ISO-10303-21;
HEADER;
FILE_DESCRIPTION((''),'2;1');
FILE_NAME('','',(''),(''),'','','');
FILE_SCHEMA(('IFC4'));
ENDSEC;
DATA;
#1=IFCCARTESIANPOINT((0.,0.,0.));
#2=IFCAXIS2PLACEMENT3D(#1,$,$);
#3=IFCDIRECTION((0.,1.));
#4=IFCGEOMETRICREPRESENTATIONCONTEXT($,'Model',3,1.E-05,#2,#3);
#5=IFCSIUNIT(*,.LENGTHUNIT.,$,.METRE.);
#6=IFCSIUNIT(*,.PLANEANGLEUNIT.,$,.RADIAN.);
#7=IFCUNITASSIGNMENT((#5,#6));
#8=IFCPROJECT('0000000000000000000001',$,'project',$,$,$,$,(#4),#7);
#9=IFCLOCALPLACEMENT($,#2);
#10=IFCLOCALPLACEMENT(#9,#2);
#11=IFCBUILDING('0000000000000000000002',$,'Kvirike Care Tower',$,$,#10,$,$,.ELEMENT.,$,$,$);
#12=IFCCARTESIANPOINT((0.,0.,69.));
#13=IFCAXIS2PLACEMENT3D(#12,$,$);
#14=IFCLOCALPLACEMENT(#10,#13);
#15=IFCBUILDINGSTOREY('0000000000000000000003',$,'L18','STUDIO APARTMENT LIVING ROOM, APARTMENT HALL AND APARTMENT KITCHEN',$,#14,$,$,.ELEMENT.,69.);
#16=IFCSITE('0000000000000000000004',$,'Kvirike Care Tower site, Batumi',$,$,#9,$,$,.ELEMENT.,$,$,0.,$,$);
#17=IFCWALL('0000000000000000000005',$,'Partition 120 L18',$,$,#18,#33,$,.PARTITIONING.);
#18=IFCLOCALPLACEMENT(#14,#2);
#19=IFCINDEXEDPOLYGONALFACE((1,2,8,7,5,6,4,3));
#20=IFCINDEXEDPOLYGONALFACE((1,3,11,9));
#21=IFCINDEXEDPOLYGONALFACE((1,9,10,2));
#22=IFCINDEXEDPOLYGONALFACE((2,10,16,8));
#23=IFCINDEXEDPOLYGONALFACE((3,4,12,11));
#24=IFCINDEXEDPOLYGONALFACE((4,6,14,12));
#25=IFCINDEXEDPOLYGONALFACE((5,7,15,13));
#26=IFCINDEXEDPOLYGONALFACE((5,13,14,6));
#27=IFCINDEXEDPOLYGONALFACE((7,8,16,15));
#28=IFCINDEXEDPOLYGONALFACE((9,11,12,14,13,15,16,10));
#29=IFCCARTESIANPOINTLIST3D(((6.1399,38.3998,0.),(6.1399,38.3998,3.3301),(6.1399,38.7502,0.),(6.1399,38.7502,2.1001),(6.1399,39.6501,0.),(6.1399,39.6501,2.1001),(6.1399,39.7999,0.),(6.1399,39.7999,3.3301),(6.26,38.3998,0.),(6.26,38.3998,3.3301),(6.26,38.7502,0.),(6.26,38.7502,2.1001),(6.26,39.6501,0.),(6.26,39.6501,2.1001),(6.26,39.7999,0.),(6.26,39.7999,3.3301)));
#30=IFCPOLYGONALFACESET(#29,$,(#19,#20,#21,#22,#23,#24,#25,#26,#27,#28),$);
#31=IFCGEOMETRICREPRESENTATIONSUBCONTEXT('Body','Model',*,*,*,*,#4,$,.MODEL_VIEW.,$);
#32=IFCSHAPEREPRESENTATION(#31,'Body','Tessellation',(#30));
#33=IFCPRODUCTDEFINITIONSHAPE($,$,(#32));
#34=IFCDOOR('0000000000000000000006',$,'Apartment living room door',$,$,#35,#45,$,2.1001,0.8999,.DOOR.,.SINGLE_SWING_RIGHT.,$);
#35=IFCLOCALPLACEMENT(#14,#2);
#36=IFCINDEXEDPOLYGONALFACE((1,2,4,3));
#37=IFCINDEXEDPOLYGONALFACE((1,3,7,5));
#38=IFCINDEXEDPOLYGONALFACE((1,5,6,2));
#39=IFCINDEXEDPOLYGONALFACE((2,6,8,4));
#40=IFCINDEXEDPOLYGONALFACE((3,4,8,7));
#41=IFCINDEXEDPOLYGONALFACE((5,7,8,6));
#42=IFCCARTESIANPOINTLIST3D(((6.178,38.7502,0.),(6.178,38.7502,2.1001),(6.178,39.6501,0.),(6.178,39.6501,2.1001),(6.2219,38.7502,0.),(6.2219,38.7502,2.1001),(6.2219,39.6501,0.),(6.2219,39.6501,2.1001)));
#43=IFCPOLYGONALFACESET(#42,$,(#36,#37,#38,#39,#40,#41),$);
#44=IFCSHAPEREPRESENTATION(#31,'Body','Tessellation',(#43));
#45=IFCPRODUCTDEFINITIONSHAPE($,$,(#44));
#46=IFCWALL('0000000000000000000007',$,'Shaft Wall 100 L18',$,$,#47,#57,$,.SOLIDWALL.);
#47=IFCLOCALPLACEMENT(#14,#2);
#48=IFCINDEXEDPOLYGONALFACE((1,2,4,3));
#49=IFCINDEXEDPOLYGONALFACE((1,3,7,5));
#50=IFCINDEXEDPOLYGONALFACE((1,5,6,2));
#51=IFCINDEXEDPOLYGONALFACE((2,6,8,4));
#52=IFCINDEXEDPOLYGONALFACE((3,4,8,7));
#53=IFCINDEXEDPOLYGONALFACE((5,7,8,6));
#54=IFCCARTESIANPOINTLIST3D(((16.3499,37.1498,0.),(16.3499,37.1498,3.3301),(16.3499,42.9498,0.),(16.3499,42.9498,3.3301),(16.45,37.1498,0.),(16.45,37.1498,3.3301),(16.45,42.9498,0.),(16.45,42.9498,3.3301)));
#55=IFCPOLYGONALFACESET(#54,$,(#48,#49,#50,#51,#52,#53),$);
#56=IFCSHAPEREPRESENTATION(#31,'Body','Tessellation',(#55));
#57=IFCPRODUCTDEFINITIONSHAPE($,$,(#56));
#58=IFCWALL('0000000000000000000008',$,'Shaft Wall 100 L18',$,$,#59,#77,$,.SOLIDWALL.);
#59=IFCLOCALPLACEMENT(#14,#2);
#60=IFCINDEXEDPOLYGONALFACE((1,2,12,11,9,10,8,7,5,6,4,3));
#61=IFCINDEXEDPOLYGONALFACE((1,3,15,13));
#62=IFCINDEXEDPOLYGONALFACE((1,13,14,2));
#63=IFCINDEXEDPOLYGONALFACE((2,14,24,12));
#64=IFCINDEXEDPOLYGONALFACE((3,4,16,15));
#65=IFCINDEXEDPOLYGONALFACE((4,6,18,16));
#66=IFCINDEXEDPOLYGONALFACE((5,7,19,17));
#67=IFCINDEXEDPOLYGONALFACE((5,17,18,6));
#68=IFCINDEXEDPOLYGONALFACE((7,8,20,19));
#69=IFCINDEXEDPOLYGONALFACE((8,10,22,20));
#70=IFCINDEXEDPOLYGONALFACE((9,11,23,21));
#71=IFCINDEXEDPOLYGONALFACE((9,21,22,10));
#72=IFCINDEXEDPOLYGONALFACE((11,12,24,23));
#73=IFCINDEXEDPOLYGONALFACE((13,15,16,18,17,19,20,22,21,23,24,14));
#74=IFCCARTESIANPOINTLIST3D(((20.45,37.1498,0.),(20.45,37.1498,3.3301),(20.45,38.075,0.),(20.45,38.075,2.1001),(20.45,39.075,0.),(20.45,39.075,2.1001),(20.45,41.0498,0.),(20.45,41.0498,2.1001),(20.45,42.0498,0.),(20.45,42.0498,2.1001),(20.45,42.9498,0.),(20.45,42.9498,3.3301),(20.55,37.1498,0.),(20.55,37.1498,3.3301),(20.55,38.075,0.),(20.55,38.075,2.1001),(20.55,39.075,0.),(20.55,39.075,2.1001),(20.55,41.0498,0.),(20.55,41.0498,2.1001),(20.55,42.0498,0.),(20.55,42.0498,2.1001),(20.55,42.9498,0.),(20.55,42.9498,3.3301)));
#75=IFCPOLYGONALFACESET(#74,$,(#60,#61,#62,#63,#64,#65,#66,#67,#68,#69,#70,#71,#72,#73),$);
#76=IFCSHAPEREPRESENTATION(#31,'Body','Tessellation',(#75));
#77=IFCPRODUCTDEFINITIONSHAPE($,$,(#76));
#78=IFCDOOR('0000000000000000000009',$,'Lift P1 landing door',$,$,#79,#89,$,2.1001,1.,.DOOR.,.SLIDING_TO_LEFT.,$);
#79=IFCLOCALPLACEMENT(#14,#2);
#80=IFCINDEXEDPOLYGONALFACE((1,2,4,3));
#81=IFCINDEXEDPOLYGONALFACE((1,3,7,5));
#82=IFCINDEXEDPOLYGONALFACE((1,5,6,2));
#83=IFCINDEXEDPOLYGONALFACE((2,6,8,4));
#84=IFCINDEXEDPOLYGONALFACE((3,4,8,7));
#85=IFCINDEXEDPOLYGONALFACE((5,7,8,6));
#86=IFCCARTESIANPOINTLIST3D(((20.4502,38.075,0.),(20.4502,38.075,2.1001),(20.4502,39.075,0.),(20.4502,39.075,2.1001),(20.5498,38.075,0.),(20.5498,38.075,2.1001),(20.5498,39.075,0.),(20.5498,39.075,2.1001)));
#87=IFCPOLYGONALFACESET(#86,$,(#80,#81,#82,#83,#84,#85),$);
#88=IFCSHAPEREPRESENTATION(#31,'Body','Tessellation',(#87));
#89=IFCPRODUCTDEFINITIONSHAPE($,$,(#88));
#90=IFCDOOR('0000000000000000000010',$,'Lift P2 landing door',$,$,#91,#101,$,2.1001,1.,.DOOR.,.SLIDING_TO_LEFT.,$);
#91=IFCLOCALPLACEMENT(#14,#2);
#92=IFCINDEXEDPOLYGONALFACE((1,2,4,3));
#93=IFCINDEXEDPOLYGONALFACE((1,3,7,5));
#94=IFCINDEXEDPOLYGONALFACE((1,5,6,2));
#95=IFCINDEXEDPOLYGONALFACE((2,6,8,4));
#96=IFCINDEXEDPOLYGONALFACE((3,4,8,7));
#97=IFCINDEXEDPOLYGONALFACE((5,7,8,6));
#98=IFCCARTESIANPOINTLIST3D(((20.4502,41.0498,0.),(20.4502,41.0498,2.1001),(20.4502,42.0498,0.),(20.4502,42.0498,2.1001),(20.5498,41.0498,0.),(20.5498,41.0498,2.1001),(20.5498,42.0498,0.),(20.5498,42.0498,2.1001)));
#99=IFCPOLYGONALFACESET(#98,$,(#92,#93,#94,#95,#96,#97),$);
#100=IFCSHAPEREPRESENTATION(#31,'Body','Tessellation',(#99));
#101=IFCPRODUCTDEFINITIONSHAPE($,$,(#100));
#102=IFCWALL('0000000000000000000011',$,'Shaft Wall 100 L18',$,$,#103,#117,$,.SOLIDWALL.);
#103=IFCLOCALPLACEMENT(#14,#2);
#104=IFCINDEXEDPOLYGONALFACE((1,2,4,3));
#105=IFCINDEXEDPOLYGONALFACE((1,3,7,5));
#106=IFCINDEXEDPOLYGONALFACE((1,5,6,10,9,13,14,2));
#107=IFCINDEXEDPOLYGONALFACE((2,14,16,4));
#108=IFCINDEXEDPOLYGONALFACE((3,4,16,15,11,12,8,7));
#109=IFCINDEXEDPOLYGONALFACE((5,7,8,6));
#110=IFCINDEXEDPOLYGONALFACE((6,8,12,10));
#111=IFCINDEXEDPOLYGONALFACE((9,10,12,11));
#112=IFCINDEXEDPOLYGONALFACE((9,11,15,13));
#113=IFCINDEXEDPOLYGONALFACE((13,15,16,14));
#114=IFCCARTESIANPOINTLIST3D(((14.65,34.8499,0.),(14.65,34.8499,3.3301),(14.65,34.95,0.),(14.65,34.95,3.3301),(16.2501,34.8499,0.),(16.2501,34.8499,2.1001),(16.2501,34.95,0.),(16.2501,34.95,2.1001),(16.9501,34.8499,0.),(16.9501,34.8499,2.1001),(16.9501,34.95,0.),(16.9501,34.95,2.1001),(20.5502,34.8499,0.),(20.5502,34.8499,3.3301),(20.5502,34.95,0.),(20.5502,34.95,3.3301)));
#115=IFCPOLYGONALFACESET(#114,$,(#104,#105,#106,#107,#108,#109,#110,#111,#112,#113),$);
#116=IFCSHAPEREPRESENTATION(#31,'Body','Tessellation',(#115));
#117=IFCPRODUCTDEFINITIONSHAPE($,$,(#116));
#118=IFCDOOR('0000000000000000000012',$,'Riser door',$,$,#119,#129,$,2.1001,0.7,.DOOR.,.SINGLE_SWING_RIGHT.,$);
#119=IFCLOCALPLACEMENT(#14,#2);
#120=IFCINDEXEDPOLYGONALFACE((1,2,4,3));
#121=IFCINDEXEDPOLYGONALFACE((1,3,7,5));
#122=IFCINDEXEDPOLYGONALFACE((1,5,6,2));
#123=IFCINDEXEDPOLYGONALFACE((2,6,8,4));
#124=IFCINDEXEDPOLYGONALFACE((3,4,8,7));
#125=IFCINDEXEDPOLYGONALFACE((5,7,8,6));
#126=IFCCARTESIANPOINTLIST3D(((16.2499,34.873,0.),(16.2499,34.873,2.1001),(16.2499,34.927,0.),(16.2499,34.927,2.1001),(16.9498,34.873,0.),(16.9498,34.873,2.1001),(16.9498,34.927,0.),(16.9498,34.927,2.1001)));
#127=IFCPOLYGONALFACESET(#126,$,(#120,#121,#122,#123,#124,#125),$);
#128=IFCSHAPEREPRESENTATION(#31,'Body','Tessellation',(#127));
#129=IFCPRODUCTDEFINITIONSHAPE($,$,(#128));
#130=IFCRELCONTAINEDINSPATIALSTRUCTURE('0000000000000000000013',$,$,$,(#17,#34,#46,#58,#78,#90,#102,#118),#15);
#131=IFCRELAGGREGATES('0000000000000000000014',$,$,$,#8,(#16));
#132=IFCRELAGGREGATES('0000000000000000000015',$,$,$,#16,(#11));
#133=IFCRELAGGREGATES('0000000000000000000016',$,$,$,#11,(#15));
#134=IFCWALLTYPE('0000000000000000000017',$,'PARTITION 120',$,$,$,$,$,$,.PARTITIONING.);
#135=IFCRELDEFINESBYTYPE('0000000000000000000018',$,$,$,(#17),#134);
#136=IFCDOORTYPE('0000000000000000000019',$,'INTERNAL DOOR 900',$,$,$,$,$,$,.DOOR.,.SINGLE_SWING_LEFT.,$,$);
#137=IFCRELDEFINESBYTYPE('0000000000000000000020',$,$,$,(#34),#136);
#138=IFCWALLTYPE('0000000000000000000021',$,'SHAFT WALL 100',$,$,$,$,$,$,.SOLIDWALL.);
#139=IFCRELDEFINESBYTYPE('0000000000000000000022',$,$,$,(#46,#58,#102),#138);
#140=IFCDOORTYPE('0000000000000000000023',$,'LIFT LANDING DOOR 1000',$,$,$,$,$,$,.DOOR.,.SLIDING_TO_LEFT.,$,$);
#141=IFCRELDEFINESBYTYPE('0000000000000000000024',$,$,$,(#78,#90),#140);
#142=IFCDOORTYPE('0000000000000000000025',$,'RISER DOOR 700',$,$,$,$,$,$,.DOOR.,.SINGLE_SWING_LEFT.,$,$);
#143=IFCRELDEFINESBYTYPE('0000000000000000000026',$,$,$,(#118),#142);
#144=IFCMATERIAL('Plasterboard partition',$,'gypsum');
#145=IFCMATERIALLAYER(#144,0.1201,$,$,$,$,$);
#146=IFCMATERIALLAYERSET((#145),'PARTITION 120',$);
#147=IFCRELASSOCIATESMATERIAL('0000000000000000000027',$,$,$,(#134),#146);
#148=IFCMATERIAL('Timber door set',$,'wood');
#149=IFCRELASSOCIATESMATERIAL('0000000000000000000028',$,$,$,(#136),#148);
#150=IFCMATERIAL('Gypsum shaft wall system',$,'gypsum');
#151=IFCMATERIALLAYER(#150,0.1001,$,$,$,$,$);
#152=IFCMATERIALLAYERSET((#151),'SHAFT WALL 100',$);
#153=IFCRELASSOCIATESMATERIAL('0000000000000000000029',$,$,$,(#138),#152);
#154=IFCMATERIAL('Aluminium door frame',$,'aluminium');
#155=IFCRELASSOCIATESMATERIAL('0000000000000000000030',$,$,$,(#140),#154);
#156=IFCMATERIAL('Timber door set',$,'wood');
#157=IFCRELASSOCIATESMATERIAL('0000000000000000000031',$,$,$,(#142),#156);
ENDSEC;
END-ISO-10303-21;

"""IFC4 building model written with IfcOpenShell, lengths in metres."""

from ifc_helpers import new_model, si_unit, direction, frame, frame_2d, origin, place, context, subcontext, project, spatial, rectangle, extrude, material, layer, layer_set, type_object, element, fill, save


model = new_model("IFC4")

# Units and contexts
model_context = context("Model", 3, precision=1e-05, world=origin(), true_north=direction((0.0, 1.0)))
body_context = subcontext(model_context, "Body", "Model", "MODEL_VIEW")
ifc_project = project(units=[si_unit("LENGTHUNIT", "METRE"), si_unit("PLANEANGLEUNIT", "RADIAN")], contexts=[model_context])

# Site, building, storey
site_placement = place(None, origin())
site = spatial("IfcSite", under=ifc_project, at=site_placement, Name="Kvirike Care Tower site, Batumi", CompositionType="ELEMENT", RefElevation=0.0)
building_placement = place(site_placement, origin())
building = spatial("IfcBuilding", under=site, at=building_placement, Name="Kvirike Care Tower", CompositionType="ELEMENT")
storey_placement = place(building_placement, frame((0.0, 0.0, 69.0)))
storey = spatial("IfcBuildingStorey", under=building, at=storey_placement, Name="L18", Description="STUDIO APARTMENT LIVING ROOM, APARTMENT HALL AND APARTMENT KITCHEN", CompositionType="ELEMENT", Elevation=69.0)

# Wall, opening, door
ifc_material_1 = material(Name="Plasterboard partition", Category="gypsum")
ifc_layer_1 = layer(ifc_material_1, 0.1201)
ifc_layer_set_1 = layer_set([ifc_layer_1], Name="PARTITION 120")
wall_type_1 = type_object("IfcWallType", Name="PARTITION 120", PredefinedType="PARTITIONING", material=ifc_layer_set_1)
ifc_material_2 = material(Name="Timber door set", Category="wood")
door_type_1 = type_object("IfcDoorType", Name="INTERNAL DOOR 900", OperationType="SINGLE_SWING_LEFT", PredefinedType="DOOR", material=ifc_material_2)
wall_1_placement = place(storey_placement, frame((6.2, 39.8, 0.0), z_axis=(0.0, 0.0, 1.0), x_axis=(0.0, -1.0, 0.0)))
wall_1 = element("IfcWall", 1, at=wall_1_placement, inside=storey, type_object=wall_type_1, Name="Partition 120 L18", PredefinedType="PARTITIONING", context=body_context, shape_type="SweptSolid", body=[
    extrude(rectangle(XDim=1.4001, YDim=0.1201, at=frame_2d((0.7002, 0.0))), origin(), (0.0, 0.0, 1.0), 3.3301),
])
opening_1_placement = place(wall_1_placement, frame((0.1499, 0.0, 0.0)))
opening_1 = element("IfcOpeningElement", 2, at=opening_1_placement, cuts=wall_1, PredefinedType="OPENING", context=body_context, shape_type="SweptSolid", body=[
    extrude(rectangle(XDim=0.8999, YDim=2.1001, at=frame_2d((0.45, 1.05))), frame((0.0, 0.0706, 0.0), z_axis=(0.0, -1.0, 0.0), x_axis=(1.0, 0.0, 0.0)), (0.0, 0.0, 1.0), 0.1411),
])
door_1_placement = place(opening_1_placement, origin())
door_1 = element("IfcDoor", 3, at=door_1_placement, inside=storey, type_object=door_type_1, Name="Apartment living room door", OperationType="SINGLE_SWING_RIGHT", OverallHeight=2.1001, OverallWidth=0.8999, PredefinedType="DOOR", context=body_context, shape_type="SweptSolid", body=[
    extrude(rectangle(XDim=0.8999, YDim=2.1001, at=frame_2d((0.45, 1.05))), frame((0.0, 0.022, 0.0), z_axis=(0.0, -1.0, 0.0), x_axis=(1.0, 0.0, 0.0)), (0.0, 0.0, 1.0), 0.0439),
])
fill(opening_1, door_1)

# Wall
ifc_material_3 = material(Name="Gypsum shaft wall system", Category="gypsum")
ifc_layer_2 = layer(ifc_material_3, 0.1001)
ifc_layer_set_2 = layer_set([ifc_layer_2], Name="SHAFT WALL 100")
wall_type_2 = type_object("IfcWallType", Name="SHAFT WALL 100", PredefinedType="SOLIDWALL", material=ifc_layer_set_2)
wall_2_placement = place(storey_placement, frame((16.3999, 37.1499, 0.0), z_axis=(0.0, 0.0, 1.0), x_axis=(0.0, 1.0, 0.0)))
element("IfcWall", 4, at=wall_2_placement, inside=storey, type_object=wall_type_2, Name="Shaft Wall 100 L18", PredefinedType="SOLIDWALL", context=body_context, shape_type="SweptSolid", body=[
    extrude(rectangle(XDim=5.8, YDim=0.1001, at=frame_2d((2.8999, 0.0))), origin(), (0.0, 0.0, 1.0), 3.3301),
])

# Wall, openings, doors
wall_3_placement = place(storey_placement, frame((20.5, 37.1499, 0.0), z_axis=(0.0, 0.0, 1.0), x_axis=(0.0, 1.0, 0.0)))
wall_3 = element("IfcWall", 5, at=wall_3_placement, inside=storey, type_object=wall_type_2, Name="Shaft Wall 100 L18", PredefinedType="SOLIDWALL", context=body_context, shape_type="SweptSolid", body=[
    extrude(rectangle(XDim=5.8, YDim=0.1001, at=frame_2d((2.8999, 0.0))), origin(), (0.0, 0.0, 1.0), 3.3301),
])
opening_2_placement = place(wall_3_placement, frame((0.925, 0.0, 0.0)))
opening_2 = element("IfcOpeningElement", 6, at=opening_2_placement, cuts=wall_3, PredefinedType="OPENING", context=body_context, shape_type="SweptSolid", body=[
    extrude(rectangle(XDim=1.0, YDim=2.1001, at=frame_2d((0.5, 1.05))), frame((0.0, 0.0605, 0.0), z_axis=(0.0, -1.0, 0.0), x_axis=(1.0, 0.0, 0.0)), (0.0, 0.0, 1.0), 0.1211),
])
opening_3_placement = place(wall_3_placement, frame((3.8999, 0.0, 0.0)))
opening_3 = element("IfcOpeningElement", 7, at=opening_3_placement, cuts=wall_3, PredefinedType="OPENING", context=body_context, shape_type="SweptSolid", body=[
    extrude(rectangle(XDim=1.0, YDim=2.1001, at=frame_2d((0.5, 1.05))), frame((0.0, 0.0605, 0.0), z_axis=(0.0, -1.0, 0.0), x_axis=(1.0, 0.0, 0.0)), (0.0, 0.0, 1.0), 0.1211),
])
ifc_material_4 = material(Name="Aluminium door frame", Category="aluminium")
door_type_2 = type_object("IfcDoorType", Name="LIFT LANDING DOOR 1000", OperationType="SLIDING_TO_LEFT", PredefinedType="DOOR", material=ifc_material_4)
door_2_placement = place(opening_2_placement, origin())
door_2 = element("IfcDoor", 8, at=door_2_placement, inside=storey, type_object=door_type_2, Name="Lift P1 landing door", OperationType="SLIDING_TO_LEFT", OverallHeight=2.1001, OverallWidth=1.0, PredefinedType="DOOR", context=body_context, shape_type="SweptSolid", body=[
    extrude(rectangle(XDim=1.0, YDim=2.1001, at=frame_2d((0.5, 1.05))), frame((0.0, 0.0498, 0.0), z_axis=(0.0, -1.0, 0.0), x_axis=(1.0, 0.0, 0.0)), (0.0, 0.0, 1.0), 0.0996),
])
fill(opening_2, door_2)
door_3_placement = place(opening_3_placement, origin())
door_3 = element("IfcDoor", 9, at=door_3_placement, inside=storey, type_object=door_type_2, Name="Lift P2 landing door", OperationType="SLIDING_TO_LEFT", OverallHeight=2.1001, OverallWidth=1.0, PredefinedType="DOOR", context=body_context, shape_type="SweptSolid", body=[
    extrude(rectangle(XDim=1.0, YDim=2.1001, at=frame_2d((0.5, 1.05))), frame((0.0, 0.0498, 0.0), z_axis=(0.0, -1.0, 0.0), x_axis=(1.0, 0.0, 0.0)), (0.0, 0.0, 1.0), 0.0996),
])
fill(opening_3, door_3)

# Wall, opening, door
wall_4_placement = place(storey_placement, frame((14.6499, 34.8999, 0.0), z_axis=(0.0, 0.0, 1.0), x_axis=(1.0, 0.0, 0.0)))
wall_4 = element("IfcWall", 10, at=wall_4_placement, inside=storey, type_object=wall_type_2, Name="Shaft Wall 100 L18", PredefinedType="SOLIDWALL", context=body_context, shape_type="SweptSolid", body=[
    extrude(rectangle(XDim=5.9001, YDim=0.1001, at=frame_2d((2.9502, 0.0))), origin(), (0.0, 0.0, 1.0), 3.3301),
])
opening_4_placement = place(wall_4_placement, frame((1.6001, 0.0, 0.0)))
opening_4 = element("IfcOpeningElement", 11, at=opening_4_placement, cuts=wall_4, PredefinedType="OPENING", context=body_context, shape_type="SweptSolid", body=[
    extrude(rectangle(XDim=0.7, YDim=2.1001, at=frame_2d((0.3501, 1.05))), frame((0.0, 0.0605, 0.0), z_axis=(0.0, -1.0, 0.0), x_axis=(1.0, 0.0, 0.0)), (0.0, 0.0, 1.0), 0.1211),
])
ifc_material_5 = material(Name="Timber door set", Category="wood")
door_type_3 = type_object("IfcDoorType", Name="RISER DOOR 700", OperationType="SINGLE_SWING_LEFT", PredefinedType="DOOR", material=ifc_material_5)
door_4_placement = place(opening_4_placement, frame((0.7, 0.0, 0.0), z_axis=(0.0, 0.0, 1.0), x_axis=(-1.0, 0.0, 0.0)))
door_4 = element("IfcDoor", 12, at=door_4_placement, inside=storey, type_object=door_type_3, Name="Riser door", OperationType="SINGLE_SWING_RIGHT", OverallHeight=2.1001, OverallWidth=0.7, PredefinedType="DOOR", context=body_context, shape_type="SweptSolid", body=[
    extrude(rectangle(XDim=0.7, YDim=2.1001, at=frame_2d((0.3501, 1.05))), frame((0.0, 0.0269, 0.0), z_axis=(0.0, -1.0, 0.0), x_axis=(1.0, 0.0, 0.0)), (0.0, 0.0, 1.0), 0.054),
])
fill(opening_4, door_4)

save(model, "model.ifc")
